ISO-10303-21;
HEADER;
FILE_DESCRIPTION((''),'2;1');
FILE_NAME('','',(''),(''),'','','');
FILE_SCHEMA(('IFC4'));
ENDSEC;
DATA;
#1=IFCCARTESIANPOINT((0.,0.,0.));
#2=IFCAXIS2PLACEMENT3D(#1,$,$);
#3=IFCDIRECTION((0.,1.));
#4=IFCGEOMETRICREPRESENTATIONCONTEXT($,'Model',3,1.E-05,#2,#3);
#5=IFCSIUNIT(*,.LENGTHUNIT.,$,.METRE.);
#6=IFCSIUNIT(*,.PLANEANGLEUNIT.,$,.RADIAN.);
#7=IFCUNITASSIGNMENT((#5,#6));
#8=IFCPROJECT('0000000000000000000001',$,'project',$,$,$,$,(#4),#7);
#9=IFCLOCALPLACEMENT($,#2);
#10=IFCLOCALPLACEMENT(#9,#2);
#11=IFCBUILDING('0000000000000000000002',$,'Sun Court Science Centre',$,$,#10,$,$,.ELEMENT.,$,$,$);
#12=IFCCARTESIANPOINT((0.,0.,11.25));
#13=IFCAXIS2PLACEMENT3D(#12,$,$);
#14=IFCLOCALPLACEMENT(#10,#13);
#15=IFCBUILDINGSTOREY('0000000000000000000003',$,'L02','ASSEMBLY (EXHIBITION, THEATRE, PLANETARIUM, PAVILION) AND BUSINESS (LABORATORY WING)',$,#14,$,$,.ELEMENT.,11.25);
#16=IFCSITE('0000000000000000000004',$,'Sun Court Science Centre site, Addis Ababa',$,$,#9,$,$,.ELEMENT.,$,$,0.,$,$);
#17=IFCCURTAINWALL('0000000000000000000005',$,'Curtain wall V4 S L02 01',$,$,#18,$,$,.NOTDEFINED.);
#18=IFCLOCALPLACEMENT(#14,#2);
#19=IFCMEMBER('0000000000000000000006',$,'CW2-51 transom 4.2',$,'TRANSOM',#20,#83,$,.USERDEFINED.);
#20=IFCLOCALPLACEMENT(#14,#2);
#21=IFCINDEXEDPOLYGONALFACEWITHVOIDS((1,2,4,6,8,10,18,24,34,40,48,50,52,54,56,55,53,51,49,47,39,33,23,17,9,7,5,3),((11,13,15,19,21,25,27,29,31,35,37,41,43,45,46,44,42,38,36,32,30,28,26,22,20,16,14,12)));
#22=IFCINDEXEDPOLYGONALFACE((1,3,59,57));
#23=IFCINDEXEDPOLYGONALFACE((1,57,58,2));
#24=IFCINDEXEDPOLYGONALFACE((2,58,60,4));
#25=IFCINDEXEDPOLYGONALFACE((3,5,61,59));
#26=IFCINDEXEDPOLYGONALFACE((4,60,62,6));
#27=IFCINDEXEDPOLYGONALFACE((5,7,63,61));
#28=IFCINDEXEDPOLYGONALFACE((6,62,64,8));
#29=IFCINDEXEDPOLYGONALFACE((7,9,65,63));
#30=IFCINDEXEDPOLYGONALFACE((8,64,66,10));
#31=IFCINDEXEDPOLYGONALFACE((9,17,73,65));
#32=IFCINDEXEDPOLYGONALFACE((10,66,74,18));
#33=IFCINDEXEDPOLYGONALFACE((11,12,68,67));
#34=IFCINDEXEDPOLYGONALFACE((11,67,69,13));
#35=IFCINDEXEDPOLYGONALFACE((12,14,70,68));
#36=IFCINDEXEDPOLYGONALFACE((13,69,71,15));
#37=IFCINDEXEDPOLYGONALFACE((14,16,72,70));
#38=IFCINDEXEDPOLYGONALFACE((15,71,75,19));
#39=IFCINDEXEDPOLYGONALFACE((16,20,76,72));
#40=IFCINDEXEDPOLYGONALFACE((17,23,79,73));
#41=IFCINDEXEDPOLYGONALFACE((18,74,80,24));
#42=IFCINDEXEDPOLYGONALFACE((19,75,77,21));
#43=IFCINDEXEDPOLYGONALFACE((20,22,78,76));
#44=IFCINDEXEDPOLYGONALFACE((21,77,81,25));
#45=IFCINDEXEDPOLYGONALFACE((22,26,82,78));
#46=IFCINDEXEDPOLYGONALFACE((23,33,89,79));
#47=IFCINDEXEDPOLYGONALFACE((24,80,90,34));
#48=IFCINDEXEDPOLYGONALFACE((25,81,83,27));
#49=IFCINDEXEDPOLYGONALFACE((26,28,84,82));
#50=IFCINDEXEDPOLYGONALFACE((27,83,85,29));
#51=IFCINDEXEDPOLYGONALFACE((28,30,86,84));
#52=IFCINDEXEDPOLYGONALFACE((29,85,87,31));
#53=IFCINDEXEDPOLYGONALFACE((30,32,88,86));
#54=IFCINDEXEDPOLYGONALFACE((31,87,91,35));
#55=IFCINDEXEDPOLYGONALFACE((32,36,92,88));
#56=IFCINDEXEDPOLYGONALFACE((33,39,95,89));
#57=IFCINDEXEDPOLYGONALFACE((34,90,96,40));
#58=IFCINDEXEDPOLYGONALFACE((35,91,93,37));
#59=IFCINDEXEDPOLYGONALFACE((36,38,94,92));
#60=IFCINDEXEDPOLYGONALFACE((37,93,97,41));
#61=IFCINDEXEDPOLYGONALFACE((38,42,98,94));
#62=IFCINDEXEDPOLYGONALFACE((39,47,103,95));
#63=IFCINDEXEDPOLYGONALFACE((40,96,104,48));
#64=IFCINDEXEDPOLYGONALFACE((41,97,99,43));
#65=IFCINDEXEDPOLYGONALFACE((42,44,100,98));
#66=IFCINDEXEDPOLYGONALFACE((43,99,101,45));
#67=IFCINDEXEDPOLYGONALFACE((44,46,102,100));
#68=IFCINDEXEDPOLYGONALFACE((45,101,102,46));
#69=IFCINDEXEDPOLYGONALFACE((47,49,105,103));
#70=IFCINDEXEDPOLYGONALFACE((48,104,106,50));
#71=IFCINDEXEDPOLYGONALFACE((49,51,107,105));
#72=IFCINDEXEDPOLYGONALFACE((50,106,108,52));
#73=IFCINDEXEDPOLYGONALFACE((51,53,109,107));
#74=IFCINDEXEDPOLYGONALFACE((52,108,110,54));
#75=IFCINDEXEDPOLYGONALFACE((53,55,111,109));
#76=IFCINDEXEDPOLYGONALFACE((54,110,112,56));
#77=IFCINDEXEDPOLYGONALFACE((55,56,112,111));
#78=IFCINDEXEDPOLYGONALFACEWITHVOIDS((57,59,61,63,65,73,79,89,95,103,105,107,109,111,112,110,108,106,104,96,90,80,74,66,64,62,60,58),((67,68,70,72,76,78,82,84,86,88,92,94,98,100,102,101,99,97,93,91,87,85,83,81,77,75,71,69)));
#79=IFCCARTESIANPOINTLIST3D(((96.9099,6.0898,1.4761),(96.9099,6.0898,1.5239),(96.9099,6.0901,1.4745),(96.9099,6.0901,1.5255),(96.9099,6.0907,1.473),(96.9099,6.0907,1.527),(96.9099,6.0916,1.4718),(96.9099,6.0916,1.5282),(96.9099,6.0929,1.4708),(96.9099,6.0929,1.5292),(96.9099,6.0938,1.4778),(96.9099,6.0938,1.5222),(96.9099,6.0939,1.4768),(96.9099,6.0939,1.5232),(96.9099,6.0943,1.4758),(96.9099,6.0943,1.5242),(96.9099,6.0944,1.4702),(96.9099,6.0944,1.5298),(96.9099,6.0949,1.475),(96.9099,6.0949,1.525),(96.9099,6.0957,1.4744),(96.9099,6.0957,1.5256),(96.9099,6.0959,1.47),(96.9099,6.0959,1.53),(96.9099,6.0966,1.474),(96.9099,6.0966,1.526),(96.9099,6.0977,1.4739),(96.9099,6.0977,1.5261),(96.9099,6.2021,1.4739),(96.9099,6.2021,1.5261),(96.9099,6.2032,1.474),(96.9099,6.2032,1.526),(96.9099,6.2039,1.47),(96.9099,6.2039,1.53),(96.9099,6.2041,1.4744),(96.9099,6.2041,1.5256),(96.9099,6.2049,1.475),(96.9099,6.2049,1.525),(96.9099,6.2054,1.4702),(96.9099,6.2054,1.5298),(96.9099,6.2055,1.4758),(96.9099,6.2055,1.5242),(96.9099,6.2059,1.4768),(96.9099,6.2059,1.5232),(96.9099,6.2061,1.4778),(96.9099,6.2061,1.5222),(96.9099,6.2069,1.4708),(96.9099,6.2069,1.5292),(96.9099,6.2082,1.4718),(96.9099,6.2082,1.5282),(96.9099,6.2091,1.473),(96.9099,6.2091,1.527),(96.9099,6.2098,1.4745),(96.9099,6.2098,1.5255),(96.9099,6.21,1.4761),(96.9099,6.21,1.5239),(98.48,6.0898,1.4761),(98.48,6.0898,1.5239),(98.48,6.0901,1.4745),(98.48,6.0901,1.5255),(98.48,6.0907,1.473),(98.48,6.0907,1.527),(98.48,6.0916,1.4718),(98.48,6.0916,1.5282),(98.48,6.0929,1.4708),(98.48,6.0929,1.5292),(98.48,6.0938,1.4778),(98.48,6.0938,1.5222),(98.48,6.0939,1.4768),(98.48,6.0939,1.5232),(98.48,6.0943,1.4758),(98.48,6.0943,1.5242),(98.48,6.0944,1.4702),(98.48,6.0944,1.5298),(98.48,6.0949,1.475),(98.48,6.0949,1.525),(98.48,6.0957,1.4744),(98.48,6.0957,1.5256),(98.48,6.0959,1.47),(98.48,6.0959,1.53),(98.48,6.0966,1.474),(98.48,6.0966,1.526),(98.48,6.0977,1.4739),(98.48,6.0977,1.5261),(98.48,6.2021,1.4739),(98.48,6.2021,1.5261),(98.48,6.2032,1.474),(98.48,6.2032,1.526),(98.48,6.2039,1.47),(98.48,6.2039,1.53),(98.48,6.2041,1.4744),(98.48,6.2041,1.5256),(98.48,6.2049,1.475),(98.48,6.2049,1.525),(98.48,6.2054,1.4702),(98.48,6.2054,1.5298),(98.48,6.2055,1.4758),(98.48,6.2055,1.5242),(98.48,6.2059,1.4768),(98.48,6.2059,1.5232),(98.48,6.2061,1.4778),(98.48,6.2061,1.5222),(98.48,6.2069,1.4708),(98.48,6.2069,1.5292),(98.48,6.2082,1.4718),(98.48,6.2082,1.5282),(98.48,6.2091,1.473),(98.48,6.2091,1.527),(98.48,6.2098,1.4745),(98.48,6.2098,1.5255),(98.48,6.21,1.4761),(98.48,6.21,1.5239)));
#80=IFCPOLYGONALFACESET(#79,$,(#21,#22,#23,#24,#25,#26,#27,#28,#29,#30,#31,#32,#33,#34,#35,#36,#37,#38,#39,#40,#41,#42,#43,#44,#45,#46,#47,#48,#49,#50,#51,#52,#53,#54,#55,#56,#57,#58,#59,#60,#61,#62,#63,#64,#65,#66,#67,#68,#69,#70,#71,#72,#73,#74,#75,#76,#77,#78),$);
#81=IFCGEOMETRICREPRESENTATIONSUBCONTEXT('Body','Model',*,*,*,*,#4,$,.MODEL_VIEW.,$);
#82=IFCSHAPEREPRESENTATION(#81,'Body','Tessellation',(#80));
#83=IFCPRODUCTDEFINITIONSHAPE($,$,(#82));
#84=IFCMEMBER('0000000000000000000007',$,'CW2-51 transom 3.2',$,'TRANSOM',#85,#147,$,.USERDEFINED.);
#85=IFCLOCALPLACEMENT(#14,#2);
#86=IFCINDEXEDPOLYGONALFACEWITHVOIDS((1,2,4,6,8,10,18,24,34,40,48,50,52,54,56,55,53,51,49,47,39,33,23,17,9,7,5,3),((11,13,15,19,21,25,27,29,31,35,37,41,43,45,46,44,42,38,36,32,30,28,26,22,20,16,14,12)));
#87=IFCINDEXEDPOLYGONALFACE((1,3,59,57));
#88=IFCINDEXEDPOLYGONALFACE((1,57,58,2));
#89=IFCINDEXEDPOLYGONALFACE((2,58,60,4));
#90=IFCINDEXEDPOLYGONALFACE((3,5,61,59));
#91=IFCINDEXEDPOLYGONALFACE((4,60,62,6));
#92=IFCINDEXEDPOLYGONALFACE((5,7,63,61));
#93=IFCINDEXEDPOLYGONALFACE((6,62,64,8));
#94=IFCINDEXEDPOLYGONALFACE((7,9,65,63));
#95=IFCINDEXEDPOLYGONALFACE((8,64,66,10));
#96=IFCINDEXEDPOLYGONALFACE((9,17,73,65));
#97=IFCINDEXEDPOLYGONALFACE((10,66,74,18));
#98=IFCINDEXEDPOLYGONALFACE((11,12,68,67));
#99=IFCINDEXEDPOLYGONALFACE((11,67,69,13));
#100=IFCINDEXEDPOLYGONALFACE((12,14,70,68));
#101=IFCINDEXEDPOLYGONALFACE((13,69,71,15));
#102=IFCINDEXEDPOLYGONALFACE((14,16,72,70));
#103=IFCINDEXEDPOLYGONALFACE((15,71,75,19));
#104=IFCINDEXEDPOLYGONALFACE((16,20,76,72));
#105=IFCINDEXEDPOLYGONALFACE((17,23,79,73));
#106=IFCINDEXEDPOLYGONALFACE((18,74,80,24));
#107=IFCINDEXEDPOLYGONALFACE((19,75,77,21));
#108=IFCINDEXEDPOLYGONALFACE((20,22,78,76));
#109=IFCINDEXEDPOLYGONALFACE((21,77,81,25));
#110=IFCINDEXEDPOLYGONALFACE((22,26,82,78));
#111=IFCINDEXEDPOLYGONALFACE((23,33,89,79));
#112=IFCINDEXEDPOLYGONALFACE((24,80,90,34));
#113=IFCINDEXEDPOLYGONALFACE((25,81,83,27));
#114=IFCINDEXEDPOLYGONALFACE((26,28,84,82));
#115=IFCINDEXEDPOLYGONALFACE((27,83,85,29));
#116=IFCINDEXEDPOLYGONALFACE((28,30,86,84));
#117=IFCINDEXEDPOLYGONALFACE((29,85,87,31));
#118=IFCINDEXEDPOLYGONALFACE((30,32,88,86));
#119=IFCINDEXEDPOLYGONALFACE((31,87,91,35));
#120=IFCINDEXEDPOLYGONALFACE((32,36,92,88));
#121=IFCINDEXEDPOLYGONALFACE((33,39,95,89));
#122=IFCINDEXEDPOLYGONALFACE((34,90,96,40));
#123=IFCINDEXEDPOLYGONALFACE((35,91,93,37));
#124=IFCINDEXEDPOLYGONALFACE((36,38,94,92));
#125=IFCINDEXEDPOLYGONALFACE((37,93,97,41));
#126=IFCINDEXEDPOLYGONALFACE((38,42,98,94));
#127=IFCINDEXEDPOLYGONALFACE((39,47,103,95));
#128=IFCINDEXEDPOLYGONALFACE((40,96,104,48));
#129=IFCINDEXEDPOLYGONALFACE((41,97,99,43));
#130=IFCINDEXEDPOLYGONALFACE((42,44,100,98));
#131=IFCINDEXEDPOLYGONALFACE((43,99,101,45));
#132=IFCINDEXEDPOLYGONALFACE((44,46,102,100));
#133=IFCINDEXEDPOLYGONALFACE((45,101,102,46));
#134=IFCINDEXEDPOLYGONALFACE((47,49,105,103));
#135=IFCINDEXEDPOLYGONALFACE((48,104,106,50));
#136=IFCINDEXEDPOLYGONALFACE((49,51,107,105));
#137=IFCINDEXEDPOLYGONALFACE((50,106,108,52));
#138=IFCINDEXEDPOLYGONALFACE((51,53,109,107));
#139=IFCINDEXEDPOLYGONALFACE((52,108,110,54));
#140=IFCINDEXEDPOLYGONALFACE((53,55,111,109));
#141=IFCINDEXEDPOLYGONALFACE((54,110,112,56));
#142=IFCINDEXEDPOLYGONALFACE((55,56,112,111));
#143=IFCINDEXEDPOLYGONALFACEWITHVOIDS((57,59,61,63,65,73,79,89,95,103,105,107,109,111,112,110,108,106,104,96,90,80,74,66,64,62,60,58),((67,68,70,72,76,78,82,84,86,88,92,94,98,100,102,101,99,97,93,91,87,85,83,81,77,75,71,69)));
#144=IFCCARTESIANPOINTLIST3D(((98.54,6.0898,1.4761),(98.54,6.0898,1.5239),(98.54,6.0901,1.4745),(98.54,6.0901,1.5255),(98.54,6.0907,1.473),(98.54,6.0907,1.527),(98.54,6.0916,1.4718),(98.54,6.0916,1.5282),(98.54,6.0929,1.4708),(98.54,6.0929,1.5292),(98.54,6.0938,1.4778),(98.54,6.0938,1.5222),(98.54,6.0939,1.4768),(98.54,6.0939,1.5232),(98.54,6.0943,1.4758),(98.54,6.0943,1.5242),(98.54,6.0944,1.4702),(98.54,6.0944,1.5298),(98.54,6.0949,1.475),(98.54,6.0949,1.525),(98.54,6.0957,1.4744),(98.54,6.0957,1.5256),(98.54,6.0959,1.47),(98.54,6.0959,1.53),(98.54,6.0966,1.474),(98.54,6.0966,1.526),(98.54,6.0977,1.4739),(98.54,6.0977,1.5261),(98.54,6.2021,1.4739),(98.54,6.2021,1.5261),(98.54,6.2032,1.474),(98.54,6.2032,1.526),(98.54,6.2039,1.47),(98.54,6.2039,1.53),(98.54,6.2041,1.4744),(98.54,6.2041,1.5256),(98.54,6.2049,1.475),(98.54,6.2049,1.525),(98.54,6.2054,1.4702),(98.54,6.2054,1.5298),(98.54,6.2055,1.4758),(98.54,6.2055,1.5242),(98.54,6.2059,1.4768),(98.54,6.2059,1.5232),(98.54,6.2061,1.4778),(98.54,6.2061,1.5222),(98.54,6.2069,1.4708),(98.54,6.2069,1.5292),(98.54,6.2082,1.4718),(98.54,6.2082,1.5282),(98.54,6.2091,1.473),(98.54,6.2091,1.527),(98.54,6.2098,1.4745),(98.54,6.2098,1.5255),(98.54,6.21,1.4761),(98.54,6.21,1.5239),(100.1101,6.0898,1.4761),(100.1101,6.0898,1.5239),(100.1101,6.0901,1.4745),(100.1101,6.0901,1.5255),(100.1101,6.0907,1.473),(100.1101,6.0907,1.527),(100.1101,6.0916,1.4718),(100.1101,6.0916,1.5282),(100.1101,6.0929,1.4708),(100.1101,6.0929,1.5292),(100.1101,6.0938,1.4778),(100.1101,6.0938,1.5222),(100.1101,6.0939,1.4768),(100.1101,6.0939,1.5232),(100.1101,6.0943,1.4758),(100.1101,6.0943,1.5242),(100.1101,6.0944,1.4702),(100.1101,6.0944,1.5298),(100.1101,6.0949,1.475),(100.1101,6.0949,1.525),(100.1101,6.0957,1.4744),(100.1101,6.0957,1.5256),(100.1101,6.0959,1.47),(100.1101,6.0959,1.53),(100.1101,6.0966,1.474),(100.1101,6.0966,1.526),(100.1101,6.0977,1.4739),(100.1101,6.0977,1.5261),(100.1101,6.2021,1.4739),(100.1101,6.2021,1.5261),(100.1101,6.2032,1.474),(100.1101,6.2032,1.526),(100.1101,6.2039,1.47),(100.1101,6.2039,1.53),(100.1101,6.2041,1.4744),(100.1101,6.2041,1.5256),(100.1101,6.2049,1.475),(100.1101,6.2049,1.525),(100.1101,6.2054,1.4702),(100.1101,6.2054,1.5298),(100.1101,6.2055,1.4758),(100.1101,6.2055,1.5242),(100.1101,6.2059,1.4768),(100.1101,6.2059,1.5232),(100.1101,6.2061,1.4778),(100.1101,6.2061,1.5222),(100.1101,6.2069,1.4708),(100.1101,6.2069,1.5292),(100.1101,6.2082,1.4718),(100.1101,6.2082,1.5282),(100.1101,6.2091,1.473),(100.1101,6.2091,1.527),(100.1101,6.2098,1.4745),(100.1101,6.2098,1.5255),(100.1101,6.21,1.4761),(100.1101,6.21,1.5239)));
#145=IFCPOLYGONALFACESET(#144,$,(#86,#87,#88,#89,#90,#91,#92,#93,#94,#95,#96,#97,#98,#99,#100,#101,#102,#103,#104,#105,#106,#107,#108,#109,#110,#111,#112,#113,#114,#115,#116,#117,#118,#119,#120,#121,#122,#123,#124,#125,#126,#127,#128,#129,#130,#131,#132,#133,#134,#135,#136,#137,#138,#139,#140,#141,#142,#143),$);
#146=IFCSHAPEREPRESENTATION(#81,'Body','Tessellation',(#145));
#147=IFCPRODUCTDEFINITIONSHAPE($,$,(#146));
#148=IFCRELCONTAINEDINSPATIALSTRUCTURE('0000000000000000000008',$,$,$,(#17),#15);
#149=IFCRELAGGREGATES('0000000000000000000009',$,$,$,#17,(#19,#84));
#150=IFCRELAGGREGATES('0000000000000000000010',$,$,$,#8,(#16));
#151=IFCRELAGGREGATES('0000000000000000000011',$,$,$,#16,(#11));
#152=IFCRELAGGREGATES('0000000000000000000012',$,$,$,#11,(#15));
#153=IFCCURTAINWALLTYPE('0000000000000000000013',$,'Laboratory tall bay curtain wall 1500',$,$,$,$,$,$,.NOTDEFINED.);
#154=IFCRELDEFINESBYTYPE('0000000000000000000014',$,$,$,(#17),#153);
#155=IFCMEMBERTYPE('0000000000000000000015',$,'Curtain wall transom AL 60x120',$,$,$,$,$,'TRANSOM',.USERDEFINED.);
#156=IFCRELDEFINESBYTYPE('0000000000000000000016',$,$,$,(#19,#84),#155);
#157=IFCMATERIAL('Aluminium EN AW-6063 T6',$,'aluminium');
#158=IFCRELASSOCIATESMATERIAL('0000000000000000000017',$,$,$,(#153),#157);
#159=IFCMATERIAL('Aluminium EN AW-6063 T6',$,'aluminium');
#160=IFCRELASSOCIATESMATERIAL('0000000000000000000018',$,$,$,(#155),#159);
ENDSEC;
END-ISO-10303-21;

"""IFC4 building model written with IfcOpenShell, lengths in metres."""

from ifc_helpers import new_model, si_unit, direction, frame, origin, origin_2d, place, context, subcontext, project, spatial, hollow_rectangle, extrude, material, material_profile, profile_set, type_object, element, aggregate, save


model = new_model("IFC4")

# Units and contexts
model_context = context("Model", 3, precision=1e-05, world=origin(), true_north=direction((0.0, 1.0)))
body_context = subcontext(model_context, "Body", "Model", "MODEL_VIEW")
ifc_project = project(units=[si_unit("LENGTHUNIT", "METRE"), si_unit("PLANEANGLEUNIT", "RADIAN")], contexts=[model_context])

# Site, building, storey
site_placement = place(None, origin())
site = spatial("IfcSite", under=ifc_project, at=site_placement, Name="Sun Court Science Centre site, Addis Ababa", CompositionType="ELEMENT", RefElevation=0.0)
building_placement = place(site_placement, origin())
building = spatial("IfcBuilding", under=site, at=building_placement, Name="Sun Court Science Centre", CompositionType="ELEMENT")
storey_placement = place(building_placement, frame((0.0, 0.0, 11.25)))
storey = spatial("IfcBuildingStorey", under=building, at=storey_placement, Name="L02", Description="ASSEMBLY (EXHIBITION, THEATRE, PLANETARIUM, PAVILION) AND BUSINESS (LABORATORY WING)", CompositionType="ELEMENT", Elevation=11.25)

# Curtain wall
ifc_material_1 = material(Name="Aluminium EN AW-6063 T6", Category="aluminium")
curtain_wall_type = type_object("IfcCurtainWallType", Name="Laboratory tall bay curtain wall 1500", PredefinedType="NOTDEFINED", material=ifc_material_1)
curtain_wall_1_placement = place(storey_placement, origin())
curtain_wall_1 = element("IfcCurtainWall", 1, at=curtain_wall_1_placement, inside=storey, type_object=curtain_wall_type, Name="Curtain wall V4 S L02 01", PredefinedType="NOTDEFINED")

# Members
ifc_material_2 = material(Name="Aluminium EN AW-6063 T6", Category="aluminium")
ifc_material_profile_1 = material_profile(ifc_material_2, hollow_rectangle(XDim=0.0601, YDim=0.1201, WallThickness=0.0039, InnerFilletRadius=0.0039, OuterFilletRadius=0.0061, at=origin_2d()), Name="AL 60x120x4")
ifc_profile_set_1 = profile_set([ifc_material_profile_1], Name="Aluminium EN AW-6063 T6")
member_type_1 = type_object("IfcMemberType", Name="Curtain wall transom AL 60x120", ElementType="TRANSOM", PredefinedType="USERDEFINED", material=ifc_profile_set_1)
member_1_placement = place(storey_placement, frame((98.48, 6.1499, 1.5), z_axis=(-1.0, 0.0, 0.0), x_axis=(0.0, 0.0, 1.0)))
member_1 = element("IfcMember", 2, at=member_1_placement, type_object=member_type_1, Name="CW2-51 transom 4.2", ObjectType="TRANSOM", PredefinedType="USERDEFINED", context=body_context, shape_type="SweptSolid", body=[
    extrude(hollow_rectangle(XDim=0.0601, YDim=0.1201, WallThickness=0.0039, InnerFilletRadius=0.0039, OuterFilletRadius=0.0061, at=origin_2d()), origin(), (0.0, 0.0, 1.0), 1.5701),
])
member_2_placement = place(storey_placement, frame((100.1101, 6.1499, 1.5), z_axis=(-1.0, 0.0, 0.0), x_axis=(0.0, 0.0, 1.0)))
member_2 = element("IfcMember", 3, at=member_2_placement, type_object=member_type_1, Name="CW2-51 transom 3.2", ObjectType="TRANSOM", PredefinedType="USERDEFINED", context=body_context, shape_type="SweptSolid", body=[
    extrude(hollow_rectangle(XDim=0.0601, YDim=0.1201, WallThickness=0.0039, InnerFilletRadius=0.0039, OuterFilletRadius=0.0061, at=origin_2d()), origin(), (0.0, 0.0, 1.0), 1.5701),
])

aggregate(curtain_wall_1, [member_1, member_2])

save(model, "model.ifc")
